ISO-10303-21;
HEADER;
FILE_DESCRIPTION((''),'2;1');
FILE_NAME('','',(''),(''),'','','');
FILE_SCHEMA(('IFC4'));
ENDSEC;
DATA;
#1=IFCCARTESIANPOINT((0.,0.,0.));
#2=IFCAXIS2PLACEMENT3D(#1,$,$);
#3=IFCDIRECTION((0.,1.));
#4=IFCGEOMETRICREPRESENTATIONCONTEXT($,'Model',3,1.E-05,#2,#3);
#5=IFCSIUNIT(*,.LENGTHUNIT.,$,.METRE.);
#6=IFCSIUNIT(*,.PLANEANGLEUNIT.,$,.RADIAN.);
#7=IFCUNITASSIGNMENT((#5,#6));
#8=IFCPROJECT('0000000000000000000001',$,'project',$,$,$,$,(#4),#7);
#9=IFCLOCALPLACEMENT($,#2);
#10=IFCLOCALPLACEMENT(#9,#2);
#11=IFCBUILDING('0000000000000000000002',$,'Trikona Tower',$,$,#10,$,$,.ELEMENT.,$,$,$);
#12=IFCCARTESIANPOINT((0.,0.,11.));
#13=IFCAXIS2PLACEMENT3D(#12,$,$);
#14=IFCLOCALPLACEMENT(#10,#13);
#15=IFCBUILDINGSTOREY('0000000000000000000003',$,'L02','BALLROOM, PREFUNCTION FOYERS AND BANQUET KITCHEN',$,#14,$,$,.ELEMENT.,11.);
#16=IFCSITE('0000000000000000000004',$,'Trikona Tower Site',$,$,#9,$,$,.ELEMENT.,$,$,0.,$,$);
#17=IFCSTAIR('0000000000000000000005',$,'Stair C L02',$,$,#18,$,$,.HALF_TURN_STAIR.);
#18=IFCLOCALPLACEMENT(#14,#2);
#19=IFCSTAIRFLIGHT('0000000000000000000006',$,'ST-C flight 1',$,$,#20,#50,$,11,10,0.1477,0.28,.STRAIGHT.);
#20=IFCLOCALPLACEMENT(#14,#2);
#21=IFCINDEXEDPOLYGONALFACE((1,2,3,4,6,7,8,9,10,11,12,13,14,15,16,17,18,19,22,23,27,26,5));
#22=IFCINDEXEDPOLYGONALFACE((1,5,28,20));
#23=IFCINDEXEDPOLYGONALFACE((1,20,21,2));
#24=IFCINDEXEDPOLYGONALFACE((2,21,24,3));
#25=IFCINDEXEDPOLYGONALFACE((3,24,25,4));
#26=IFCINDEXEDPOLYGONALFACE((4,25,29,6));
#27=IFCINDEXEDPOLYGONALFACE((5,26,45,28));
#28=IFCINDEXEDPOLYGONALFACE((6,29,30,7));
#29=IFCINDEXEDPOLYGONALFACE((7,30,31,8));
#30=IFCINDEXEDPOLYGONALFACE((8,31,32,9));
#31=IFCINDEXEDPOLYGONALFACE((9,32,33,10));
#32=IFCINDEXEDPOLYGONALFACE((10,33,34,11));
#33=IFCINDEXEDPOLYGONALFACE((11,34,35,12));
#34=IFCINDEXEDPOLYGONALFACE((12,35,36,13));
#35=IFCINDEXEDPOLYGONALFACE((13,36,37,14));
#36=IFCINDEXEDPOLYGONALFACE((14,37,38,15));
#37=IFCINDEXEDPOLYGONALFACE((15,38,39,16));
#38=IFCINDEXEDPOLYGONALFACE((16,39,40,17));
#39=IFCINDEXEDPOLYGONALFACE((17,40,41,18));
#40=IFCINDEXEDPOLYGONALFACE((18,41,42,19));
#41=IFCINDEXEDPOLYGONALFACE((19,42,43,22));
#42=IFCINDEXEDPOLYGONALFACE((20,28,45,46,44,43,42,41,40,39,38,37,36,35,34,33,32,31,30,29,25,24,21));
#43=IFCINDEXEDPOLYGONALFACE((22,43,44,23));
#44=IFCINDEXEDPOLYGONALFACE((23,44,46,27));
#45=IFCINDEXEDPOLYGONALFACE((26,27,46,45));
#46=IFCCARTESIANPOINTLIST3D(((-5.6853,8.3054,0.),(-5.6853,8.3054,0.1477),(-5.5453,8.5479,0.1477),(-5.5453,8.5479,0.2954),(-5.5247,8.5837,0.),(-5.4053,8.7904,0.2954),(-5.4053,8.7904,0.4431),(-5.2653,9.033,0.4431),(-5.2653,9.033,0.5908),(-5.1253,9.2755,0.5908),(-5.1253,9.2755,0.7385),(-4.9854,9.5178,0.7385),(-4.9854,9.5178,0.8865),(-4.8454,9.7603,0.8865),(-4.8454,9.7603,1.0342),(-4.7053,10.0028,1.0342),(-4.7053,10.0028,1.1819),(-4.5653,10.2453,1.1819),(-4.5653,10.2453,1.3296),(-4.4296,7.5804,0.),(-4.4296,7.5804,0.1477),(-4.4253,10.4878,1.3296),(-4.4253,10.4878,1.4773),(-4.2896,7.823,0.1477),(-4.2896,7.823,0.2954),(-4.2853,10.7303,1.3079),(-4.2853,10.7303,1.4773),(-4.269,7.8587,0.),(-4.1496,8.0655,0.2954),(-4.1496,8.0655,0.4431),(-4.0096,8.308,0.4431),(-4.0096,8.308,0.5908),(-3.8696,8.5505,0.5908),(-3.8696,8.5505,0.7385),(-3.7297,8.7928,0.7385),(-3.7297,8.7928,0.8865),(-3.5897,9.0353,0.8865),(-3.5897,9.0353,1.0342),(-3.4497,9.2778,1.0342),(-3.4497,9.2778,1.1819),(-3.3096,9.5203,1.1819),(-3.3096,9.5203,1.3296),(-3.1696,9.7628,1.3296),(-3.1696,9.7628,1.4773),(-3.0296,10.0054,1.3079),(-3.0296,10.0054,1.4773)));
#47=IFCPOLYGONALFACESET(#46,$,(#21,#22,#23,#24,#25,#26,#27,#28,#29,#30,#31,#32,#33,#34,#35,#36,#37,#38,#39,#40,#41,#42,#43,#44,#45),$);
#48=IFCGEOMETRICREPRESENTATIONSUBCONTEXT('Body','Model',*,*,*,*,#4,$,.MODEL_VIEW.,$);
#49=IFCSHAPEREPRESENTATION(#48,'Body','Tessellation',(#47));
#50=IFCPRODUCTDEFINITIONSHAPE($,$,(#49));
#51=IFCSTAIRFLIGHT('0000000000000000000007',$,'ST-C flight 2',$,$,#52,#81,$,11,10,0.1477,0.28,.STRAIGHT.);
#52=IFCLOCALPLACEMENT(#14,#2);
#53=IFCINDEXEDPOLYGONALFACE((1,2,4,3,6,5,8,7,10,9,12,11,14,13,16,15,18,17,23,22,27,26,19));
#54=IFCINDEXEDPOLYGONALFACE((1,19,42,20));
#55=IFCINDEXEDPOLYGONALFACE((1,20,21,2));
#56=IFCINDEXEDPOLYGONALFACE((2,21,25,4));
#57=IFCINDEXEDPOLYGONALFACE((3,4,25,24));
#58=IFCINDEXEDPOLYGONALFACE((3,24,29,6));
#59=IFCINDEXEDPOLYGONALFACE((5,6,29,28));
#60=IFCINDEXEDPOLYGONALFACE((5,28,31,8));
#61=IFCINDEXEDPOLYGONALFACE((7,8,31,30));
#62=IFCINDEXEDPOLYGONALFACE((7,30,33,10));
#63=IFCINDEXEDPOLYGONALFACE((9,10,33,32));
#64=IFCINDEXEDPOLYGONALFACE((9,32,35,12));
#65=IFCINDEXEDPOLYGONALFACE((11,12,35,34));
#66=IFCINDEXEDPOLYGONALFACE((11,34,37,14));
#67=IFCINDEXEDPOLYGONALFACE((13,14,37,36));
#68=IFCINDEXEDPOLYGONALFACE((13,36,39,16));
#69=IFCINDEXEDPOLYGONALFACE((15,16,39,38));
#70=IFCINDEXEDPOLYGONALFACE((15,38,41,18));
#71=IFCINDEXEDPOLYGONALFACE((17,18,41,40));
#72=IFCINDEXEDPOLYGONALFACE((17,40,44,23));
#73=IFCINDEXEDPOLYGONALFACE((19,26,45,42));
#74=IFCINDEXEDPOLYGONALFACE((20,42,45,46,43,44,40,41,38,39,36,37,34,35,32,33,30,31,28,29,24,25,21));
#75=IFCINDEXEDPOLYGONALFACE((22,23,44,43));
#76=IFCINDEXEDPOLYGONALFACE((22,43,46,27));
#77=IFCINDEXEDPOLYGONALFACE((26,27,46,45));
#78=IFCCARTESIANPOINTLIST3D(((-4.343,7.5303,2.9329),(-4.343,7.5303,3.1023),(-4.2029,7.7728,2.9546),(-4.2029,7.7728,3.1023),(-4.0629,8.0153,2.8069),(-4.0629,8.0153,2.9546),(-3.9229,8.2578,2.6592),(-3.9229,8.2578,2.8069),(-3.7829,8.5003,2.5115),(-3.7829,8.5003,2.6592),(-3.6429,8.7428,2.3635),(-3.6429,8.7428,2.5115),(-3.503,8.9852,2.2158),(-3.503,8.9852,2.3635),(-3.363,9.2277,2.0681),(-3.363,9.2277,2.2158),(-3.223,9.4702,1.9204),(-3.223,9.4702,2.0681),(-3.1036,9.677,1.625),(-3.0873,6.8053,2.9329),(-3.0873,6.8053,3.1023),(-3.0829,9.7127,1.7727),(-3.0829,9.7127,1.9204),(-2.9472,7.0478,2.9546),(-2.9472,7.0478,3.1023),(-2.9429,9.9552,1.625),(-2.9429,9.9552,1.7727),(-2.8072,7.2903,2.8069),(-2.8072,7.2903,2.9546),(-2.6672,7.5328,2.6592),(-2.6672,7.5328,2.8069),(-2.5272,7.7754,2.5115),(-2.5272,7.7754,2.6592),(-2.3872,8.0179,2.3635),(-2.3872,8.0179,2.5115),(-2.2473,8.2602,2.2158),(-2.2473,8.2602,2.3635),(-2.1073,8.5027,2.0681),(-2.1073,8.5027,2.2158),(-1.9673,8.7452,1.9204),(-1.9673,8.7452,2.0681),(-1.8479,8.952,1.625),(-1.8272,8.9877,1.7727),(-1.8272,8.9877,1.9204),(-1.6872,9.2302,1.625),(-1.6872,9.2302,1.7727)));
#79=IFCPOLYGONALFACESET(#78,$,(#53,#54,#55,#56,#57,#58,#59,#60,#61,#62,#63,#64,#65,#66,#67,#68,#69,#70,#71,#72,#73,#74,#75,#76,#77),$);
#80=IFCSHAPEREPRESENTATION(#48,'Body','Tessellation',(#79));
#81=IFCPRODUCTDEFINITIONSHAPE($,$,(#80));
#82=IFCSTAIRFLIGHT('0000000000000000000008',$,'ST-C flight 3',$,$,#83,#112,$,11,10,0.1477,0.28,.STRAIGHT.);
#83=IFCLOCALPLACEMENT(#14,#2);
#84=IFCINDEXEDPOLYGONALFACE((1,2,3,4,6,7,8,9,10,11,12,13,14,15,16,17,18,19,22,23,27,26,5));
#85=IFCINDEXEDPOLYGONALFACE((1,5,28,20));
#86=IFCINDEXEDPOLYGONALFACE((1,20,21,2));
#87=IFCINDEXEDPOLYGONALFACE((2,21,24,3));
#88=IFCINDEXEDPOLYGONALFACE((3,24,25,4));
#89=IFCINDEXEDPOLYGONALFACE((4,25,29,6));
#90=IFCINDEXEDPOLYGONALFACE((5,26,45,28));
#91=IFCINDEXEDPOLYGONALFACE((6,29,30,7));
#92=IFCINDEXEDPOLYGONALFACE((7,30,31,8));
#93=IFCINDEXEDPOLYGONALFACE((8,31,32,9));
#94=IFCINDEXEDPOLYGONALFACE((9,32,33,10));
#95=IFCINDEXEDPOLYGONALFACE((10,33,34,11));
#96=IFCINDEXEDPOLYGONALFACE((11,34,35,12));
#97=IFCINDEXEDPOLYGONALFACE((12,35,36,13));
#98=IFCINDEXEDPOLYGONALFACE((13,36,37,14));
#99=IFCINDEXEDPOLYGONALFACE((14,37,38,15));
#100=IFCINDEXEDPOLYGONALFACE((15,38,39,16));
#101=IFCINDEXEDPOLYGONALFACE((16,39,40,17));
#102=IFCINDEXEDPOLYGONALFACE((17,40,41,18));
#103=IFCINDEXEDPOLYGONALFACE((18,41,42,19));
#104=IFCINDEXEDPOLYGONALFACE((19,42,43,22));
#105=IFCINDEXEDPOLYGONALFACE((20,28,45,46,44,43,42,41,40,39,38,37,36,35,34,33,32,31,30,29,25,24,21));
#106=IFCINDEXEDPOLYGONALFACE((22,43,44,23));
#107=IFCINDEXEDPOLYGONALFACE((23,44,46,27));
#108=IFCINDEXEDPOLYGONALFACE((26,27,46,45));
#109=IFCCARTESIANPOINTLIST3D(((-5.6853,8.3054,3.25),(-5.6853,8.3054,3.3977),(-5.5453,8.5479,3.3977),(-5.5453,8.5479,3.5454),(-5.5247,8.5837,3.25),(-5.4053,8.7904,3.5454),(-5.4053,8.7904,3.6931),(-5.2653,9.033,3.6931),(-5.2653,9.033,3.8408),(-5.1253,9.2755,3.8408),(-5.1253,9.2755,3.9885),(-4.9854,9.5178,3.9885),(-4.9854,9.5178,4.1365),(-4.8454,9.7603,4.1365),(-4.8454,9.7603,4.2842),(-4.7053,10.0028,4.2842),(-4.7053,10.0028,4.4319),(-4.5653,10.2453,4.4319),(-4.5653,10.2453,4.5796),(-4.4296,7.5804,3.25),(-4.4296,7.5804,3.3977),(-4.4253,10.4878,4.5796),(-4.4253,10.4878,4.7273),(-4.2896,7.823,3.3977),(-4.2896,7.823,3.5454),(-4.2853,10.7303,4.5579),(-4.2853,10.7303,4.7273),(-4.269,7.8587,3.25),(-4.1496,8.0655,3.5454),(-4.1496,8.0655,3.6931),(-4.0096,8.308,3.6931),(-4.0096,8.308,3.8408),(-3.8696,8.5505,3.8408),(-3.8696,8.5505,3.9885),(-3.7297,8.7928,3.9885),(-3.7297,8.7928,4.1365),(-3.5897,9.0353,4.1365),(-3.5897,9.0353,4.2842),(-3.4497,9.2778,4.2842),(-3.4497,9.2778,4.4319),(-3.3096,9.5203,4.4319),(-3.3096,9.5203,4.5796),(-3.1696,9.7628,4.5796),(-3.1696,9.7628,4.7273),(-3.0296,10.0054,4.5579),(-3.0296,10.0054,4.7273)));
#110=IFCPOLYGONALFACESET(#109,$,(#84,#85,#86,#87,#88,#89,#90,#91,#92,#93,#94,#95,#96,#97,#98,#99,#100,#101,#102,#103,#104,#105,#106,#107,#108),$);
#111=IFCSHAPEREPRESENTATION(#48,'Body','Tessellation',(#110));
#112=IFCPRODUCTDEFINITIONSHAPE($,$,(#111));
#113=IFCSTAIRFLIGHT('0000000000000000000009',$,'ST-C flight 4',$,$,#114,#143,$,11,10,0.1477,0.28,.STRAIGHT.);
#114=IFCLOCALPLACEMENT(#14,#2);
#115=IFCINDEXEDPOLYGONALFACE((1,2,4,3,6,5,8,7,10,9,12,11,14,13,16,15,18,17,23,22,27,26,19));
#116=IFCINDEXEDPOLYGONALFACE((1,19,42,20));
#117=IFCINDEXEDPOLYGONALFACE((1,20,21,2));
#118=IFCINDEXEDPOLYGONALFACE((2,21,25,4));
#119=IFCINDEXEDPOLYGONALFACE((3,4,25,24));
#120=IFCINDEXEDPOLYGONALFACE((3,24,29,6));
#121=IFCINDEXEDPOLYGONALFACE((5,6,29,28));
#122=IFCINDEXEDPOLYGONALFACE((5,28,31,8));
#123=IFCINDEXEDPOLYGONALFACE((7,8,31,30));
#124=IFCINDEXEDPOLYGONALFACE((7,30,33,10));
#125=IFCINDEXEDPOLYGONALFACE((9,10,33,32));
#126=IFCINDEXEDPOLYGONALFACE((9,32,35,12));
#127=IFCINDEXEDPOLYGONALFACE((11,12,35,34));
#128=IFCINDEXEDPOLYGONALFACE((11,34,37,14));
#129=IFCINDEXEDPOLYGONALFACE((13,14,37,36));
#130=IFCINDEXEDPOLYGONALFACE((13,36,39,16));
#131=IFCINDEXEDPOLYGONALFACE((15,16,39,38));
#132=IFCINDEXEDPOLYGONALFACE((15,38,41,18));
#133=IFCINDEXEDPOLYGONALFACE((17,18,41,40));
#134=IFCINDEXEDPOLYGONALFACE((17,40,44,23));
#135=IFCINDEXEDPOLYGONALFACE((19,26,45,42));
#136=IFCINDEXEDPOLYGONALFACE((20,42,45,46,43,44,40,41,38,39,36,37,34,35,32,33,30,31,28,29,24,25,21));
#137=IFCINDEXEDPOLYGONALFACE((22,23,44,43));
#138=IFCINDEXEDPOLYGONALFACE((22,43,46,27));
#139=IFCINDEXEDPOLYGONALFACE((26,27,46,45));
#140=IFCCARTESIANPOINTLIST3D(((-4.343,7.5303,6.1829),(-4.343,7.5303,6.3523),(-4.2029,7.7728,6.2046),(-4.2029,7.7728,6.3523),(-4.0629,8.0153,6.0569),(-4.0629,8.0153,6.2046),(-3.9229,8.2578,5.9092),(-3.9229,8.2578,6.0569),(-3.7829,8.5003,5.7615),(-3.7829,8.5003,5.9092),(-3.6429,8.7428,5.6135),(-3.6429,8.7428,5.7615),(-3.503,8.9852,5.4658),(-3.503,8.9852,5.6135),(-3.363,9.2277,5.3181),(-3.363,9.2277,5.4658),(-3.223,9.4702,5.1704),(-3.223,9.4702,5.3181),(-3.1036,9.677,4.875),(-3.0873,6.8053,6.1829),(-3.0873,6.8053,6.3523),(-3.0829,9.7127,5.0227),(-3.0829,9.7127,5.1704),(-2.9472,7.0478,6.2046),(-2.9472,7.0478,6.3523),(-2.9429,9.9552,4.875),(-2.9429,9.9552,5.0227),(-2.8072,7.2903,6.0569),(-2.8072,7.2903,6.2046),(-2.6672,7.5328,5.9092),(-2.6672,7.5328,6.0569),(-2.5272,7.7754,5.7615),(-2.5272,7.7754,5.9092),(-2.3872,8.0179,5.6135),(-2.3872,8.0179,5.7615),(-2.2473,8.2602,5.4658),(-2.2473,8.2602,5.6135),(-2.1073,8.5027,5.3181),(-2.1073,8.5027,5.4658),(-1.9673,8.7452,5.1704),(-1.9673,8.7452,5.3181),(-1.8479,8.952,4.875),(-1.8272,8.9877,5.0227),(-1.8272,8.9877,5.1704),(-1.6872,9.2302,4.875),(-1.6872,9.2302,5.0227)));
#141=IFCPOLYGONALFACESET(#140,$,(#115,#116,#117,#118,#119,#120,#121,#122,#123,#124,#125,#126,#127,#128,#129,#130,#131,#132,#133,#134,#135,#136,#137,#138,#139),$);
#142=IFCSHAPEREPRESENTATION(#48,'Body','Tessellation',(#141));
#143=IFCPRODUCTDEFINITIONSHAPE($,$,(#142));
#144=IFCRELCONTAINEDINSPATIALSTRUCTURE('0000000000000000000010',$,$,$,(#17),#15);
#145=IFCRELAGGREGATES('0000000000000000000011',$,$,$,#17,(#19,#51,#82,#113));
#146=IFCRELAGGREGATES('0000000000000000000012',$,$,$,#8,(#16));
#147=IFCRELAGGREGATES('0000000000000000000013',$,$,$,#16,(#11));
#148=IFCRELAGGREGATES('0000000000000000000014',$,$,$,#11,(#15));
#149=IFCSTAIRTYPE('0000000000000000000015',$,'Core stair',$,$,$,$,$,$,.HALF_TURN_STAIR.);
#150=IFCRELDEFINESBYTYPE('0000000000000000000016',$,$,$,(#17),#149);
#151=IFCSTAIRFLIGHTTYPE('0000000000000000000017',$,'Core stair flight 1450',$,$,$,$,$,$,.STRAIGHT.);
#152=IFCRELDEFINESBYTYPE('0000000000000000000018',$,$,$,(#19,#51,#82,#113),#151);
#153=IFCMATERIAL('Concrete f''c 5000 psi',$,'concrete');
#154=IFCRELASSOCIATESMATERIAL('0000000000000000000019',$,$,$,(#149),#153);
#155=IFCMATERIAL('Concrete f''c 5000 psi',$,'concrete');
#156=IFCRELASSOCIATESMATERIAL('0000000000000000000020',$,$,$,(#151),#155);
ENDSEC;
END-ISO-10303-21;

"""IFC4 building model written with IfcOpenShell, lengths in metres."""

from ifc_helpers import new_model, si_unit, direction, frame, origin, place, context, subcontext, project, spatial, polyline, outline, extrude, material, type_object, element, aggregate, save


model = new_model("IFC4")

# Units and contexts
model_context = context("Model", 3, precision=1e-05, world=origin(), true_north=direction((0.0, 1.0)))
body_context = subcontext(model_context, "Body", "Model", "MODEL_VIEW")
ifc_project = project(units=[si_unit("LENGTHUNIT", "METRE"), si_unit("PLANEANGLEUNIT", "RADIAN")], contexts=[model_context])

# Site, building, storey
site_placement = place(None, origin())
site = spatial("IfcSite", under=ifc_project, at=site_placement, Name="Trikona Tower Site", CompositionType="ELEMENT", RefElevation=0.0)
building_placement = place(site_placement, origin())
building = spatial("IfcBuilding", under=site, at=building_placement, Name="Trikona Tower", CompositionType="ELEMENT")
storey_placement = place(building_placement, frame((0.0, 0.0, 11.0)))
storey = spatial("IfcBuildingStorey", under=building, at=storey_placement, Name="L02", Description="BALLROOM, PREFUNCTION FOYERS AND BANQUET KITCHEN", CompositionType="ELEMENT", Elevation=11.0)

# Stair, stair flights
ifc_material_1 = material(Name="Concrete f'c 5000 psi", Category="concrete")
stair_type_1 = type_object("IfcStairType", Name="Core stair", PredefinedType="HALF_TURN_STAIR", material=ifc_material_1)
stair_1_placement = place(storey_placement, origin())
stair_1 = element("IfcStair", 1, at=stair_1_placement, inside=storey, type_object=stair_type_1, Name="Stair C L02", PredefinedType="HALF_TURN_STAIR")
ifc_material_2 = material(Name="Concrete f'c 5000 psi", Category="concrete")
stair_flight_type_1 = type_object("IfcStairFlightType", Name="Core stair flight 1450", PredefinedType="STRAIGHT", material=ifc_material_2)
stair_flight_1_placement = place(storey_placement, frame((-5.0574, 7.9429, 0.0), z_axis=(0.0, 0.0, 1.0), x_axis=(0.5, 0.866025, 0.0)))
stair_flight_1 = element("IfcStairFlight", 2, at=stair_flight_1_placement, type_object=stair_flight_type_1, Name="ST-C flight 1", NumberOfRisers=11, NumberOfTreads=10, PredefinedType="STRAIGHT", RiserHeight=0.1477, TreadLength=0.28, context=body_context, shape_type="SweptSolid", body=[
    extrude(outline(polyline([(0.0, 0.0), (0.0, 0.1477), (0.28, 0.1477), (0.28, 0.2954), (0.5601, 0.2954), (0.5601, 0.4431), (0.8401, 0.4431), (0.8401, 0.5908), (1.1201, 0.5908), (1.1201, 0.7385), (1.3999, 0.7385), (1.3999, 0.8865), (1.6799, 0.8865), (1.6799, 1.0342), (1.96, 1.0342), (1.96, 1.1819), (2.24, 1.1819), (2.24, 1.3296), (2.52, 1.3296), (2.52, 1.4773), (2.8, 1.4773), (2.8, 1.625), (2.8, 1.3079), (0.3213, 0.0), (0.0, 0.0)])), frame((0.0, 0.7251, 0.0), z_axis=(0.0, -1.0, 0.0), x_axis=(1.0, 0.0, 0.0)), (0.0, 0.0, 1.0), 1.45),
])
stair_flight_2_placement = place(storey_placement, frame((-2.3152, 9.5928, 1.625), z_axis=(0.0, 0.0, 1.0), x_axis=(-0.5, -0.866025, 0.0)))
stair_flight_2 = element("IfcStairFlight", 3, at=stair_flight_2_placement, type_object=stair_flight_type_1, Name="ST-C flight 2", NumberOfRisers=11, NumberOfTreads=10, PredefinedType="STRAIGHT", RiserHeight=0.1477, TreadLength=0.28, context=body_context, shape_type="SweptSolid", body=[
    extrude(outline(polyline([(0.0, 0.0), (0.0, 0.1477), (0.28, 0.1477), (0.28, 0.2954), (0.5601, 0.2954), (0.5601, 0.4431), (0.8401, 0.4431), (0.8401, 0.5908), (1.1201, 0.5908), (1.1201, 0.7385), (1.3999, 0.7385), (1.3999, 0.8865), (1.6799, 0.8865), (1.6799, 1.0342), (1.96, 1.0342), (1.96, 1.1819), (2.24, 1.1819), (2.24, 1.3296), (2.52, 1.3296), (2.52, 1.4773), (2.8, 1.4773), (2.8, 1.625), (2.8, 1.3079), (0.3213, 0.0), (0.0, 0.0)])), frame((0.0, 0.7251, 0.0), z_axis=(0.0, -1.0, 0.0), x_axis=(1.0, 0.0, 0.0)), (0.0, 0.0, 1.0), 1.45),
])
stair_flight_3_placement = place(storey_placement, frame((-5.0574, 7.9429, 3.25), z_axis=(0.0, 0.0, 1.0), x_axis=(0.5, 0.866025, 0.0)))
stair_flight_3 = element("IfcStairFlight", 4, at=stair_flight_3_placement, type_object=stair_flight_type_1, Name="ST-C flight 3", NumberOfRisers=11, NumberOfTreads=10, PredefinedType="STRAIGHT", RiserHeight=0.1477, TreadLength=0.28, context=body_context, shape_type="SweptSolid", body=[
    extrude(outline(polyline([(0.0, 0.0), (0.0, 0.1477), (0.28, 0.1477), (0.28, 0.2954), (0.5601, 0.2954), (0.5601, 0.4431), (0.8401, 0.4431), (0.8401, 0.5908), (1.1201, 0.5908), (1.1201, 0.7385), (1.3999, 0.7385), (1.3999, 0.8865), (1.6799, 0.8865), (1.6799, 1.0342), (1.96, 1.0342), (1.96, 1.1819), (2.24, 1.1819), (2.24, 1.3296), (2.52, 1.3296), (2.52, 1.4773), (2.8, 1.4773), (2.8, 1.625), (2.8, 1.3079), (0.3213, 0.0), (0.0, 0.0)])), frame((0.0, 0.7251, 0.0), z_axis=(0.0, -1.0, 0.0), x_axis=(1.0, 0.0, 0.0)), (0.0, 0.0, 1.0), 1.45),
])
stair_flight_4_placement = place(storey_placement, frame((-2.3152, 9.5928, 4.875), z_axis=(0.0, 0.0, 1.0), x_axis=(-0.5, -0.866025, 0.0)))
stair_flight_4 = element("IfcStairFlight", 5, at=stair_flight_4_placement, type_object=stair_flight_type_1, Name="ST-C flight 4", NumberOfRisers=11, NumberOfTreads=10, PredefinedType="STRAIGHT", RiserHeight=0.1477, TreadLength=0.28, context=body_context, shape_type="SweptSolid", body=[
    extrude(outline(polyline([(0.0, 0.0), (0.0, 0.1477), (0.28, 0.1477), (0.28, 0.2954), (0.5601, 0.2954), (0.5601, 0.4431), (0.8401, 0.4431), (0.8401, 0.5908), (1.1201, 0.5908), (1.1201, 0.7385), (1.3999, 0.7385), (1.3999, 0.8865), (1.6799, 0.8865), (1.6799, 1.0342), (1.96, 1.0342), (1.96, 1.1819), (2.24, 1.1819), (2.24, 1.3296), (2.52, 1.3296), (2.52, 1.4773), (2.8, 1.4773), (2.8, 1.625), (2.8, 1.3079), (0.3213, 0.0), (0.0, 0.0)])), frame((0.0, 0.7251, 0.0), z_axis=(0.0, -1.0, 0.0), x_axis=(1.0, 0.0, 0.0)), (0.0, 0.0, 1.0), 1.45),
])
aggregate(stair_1, [stair_flight_1, stair_flight_2, stair_flight_3, stair_flight_4])

save(model, "model.ifc")
